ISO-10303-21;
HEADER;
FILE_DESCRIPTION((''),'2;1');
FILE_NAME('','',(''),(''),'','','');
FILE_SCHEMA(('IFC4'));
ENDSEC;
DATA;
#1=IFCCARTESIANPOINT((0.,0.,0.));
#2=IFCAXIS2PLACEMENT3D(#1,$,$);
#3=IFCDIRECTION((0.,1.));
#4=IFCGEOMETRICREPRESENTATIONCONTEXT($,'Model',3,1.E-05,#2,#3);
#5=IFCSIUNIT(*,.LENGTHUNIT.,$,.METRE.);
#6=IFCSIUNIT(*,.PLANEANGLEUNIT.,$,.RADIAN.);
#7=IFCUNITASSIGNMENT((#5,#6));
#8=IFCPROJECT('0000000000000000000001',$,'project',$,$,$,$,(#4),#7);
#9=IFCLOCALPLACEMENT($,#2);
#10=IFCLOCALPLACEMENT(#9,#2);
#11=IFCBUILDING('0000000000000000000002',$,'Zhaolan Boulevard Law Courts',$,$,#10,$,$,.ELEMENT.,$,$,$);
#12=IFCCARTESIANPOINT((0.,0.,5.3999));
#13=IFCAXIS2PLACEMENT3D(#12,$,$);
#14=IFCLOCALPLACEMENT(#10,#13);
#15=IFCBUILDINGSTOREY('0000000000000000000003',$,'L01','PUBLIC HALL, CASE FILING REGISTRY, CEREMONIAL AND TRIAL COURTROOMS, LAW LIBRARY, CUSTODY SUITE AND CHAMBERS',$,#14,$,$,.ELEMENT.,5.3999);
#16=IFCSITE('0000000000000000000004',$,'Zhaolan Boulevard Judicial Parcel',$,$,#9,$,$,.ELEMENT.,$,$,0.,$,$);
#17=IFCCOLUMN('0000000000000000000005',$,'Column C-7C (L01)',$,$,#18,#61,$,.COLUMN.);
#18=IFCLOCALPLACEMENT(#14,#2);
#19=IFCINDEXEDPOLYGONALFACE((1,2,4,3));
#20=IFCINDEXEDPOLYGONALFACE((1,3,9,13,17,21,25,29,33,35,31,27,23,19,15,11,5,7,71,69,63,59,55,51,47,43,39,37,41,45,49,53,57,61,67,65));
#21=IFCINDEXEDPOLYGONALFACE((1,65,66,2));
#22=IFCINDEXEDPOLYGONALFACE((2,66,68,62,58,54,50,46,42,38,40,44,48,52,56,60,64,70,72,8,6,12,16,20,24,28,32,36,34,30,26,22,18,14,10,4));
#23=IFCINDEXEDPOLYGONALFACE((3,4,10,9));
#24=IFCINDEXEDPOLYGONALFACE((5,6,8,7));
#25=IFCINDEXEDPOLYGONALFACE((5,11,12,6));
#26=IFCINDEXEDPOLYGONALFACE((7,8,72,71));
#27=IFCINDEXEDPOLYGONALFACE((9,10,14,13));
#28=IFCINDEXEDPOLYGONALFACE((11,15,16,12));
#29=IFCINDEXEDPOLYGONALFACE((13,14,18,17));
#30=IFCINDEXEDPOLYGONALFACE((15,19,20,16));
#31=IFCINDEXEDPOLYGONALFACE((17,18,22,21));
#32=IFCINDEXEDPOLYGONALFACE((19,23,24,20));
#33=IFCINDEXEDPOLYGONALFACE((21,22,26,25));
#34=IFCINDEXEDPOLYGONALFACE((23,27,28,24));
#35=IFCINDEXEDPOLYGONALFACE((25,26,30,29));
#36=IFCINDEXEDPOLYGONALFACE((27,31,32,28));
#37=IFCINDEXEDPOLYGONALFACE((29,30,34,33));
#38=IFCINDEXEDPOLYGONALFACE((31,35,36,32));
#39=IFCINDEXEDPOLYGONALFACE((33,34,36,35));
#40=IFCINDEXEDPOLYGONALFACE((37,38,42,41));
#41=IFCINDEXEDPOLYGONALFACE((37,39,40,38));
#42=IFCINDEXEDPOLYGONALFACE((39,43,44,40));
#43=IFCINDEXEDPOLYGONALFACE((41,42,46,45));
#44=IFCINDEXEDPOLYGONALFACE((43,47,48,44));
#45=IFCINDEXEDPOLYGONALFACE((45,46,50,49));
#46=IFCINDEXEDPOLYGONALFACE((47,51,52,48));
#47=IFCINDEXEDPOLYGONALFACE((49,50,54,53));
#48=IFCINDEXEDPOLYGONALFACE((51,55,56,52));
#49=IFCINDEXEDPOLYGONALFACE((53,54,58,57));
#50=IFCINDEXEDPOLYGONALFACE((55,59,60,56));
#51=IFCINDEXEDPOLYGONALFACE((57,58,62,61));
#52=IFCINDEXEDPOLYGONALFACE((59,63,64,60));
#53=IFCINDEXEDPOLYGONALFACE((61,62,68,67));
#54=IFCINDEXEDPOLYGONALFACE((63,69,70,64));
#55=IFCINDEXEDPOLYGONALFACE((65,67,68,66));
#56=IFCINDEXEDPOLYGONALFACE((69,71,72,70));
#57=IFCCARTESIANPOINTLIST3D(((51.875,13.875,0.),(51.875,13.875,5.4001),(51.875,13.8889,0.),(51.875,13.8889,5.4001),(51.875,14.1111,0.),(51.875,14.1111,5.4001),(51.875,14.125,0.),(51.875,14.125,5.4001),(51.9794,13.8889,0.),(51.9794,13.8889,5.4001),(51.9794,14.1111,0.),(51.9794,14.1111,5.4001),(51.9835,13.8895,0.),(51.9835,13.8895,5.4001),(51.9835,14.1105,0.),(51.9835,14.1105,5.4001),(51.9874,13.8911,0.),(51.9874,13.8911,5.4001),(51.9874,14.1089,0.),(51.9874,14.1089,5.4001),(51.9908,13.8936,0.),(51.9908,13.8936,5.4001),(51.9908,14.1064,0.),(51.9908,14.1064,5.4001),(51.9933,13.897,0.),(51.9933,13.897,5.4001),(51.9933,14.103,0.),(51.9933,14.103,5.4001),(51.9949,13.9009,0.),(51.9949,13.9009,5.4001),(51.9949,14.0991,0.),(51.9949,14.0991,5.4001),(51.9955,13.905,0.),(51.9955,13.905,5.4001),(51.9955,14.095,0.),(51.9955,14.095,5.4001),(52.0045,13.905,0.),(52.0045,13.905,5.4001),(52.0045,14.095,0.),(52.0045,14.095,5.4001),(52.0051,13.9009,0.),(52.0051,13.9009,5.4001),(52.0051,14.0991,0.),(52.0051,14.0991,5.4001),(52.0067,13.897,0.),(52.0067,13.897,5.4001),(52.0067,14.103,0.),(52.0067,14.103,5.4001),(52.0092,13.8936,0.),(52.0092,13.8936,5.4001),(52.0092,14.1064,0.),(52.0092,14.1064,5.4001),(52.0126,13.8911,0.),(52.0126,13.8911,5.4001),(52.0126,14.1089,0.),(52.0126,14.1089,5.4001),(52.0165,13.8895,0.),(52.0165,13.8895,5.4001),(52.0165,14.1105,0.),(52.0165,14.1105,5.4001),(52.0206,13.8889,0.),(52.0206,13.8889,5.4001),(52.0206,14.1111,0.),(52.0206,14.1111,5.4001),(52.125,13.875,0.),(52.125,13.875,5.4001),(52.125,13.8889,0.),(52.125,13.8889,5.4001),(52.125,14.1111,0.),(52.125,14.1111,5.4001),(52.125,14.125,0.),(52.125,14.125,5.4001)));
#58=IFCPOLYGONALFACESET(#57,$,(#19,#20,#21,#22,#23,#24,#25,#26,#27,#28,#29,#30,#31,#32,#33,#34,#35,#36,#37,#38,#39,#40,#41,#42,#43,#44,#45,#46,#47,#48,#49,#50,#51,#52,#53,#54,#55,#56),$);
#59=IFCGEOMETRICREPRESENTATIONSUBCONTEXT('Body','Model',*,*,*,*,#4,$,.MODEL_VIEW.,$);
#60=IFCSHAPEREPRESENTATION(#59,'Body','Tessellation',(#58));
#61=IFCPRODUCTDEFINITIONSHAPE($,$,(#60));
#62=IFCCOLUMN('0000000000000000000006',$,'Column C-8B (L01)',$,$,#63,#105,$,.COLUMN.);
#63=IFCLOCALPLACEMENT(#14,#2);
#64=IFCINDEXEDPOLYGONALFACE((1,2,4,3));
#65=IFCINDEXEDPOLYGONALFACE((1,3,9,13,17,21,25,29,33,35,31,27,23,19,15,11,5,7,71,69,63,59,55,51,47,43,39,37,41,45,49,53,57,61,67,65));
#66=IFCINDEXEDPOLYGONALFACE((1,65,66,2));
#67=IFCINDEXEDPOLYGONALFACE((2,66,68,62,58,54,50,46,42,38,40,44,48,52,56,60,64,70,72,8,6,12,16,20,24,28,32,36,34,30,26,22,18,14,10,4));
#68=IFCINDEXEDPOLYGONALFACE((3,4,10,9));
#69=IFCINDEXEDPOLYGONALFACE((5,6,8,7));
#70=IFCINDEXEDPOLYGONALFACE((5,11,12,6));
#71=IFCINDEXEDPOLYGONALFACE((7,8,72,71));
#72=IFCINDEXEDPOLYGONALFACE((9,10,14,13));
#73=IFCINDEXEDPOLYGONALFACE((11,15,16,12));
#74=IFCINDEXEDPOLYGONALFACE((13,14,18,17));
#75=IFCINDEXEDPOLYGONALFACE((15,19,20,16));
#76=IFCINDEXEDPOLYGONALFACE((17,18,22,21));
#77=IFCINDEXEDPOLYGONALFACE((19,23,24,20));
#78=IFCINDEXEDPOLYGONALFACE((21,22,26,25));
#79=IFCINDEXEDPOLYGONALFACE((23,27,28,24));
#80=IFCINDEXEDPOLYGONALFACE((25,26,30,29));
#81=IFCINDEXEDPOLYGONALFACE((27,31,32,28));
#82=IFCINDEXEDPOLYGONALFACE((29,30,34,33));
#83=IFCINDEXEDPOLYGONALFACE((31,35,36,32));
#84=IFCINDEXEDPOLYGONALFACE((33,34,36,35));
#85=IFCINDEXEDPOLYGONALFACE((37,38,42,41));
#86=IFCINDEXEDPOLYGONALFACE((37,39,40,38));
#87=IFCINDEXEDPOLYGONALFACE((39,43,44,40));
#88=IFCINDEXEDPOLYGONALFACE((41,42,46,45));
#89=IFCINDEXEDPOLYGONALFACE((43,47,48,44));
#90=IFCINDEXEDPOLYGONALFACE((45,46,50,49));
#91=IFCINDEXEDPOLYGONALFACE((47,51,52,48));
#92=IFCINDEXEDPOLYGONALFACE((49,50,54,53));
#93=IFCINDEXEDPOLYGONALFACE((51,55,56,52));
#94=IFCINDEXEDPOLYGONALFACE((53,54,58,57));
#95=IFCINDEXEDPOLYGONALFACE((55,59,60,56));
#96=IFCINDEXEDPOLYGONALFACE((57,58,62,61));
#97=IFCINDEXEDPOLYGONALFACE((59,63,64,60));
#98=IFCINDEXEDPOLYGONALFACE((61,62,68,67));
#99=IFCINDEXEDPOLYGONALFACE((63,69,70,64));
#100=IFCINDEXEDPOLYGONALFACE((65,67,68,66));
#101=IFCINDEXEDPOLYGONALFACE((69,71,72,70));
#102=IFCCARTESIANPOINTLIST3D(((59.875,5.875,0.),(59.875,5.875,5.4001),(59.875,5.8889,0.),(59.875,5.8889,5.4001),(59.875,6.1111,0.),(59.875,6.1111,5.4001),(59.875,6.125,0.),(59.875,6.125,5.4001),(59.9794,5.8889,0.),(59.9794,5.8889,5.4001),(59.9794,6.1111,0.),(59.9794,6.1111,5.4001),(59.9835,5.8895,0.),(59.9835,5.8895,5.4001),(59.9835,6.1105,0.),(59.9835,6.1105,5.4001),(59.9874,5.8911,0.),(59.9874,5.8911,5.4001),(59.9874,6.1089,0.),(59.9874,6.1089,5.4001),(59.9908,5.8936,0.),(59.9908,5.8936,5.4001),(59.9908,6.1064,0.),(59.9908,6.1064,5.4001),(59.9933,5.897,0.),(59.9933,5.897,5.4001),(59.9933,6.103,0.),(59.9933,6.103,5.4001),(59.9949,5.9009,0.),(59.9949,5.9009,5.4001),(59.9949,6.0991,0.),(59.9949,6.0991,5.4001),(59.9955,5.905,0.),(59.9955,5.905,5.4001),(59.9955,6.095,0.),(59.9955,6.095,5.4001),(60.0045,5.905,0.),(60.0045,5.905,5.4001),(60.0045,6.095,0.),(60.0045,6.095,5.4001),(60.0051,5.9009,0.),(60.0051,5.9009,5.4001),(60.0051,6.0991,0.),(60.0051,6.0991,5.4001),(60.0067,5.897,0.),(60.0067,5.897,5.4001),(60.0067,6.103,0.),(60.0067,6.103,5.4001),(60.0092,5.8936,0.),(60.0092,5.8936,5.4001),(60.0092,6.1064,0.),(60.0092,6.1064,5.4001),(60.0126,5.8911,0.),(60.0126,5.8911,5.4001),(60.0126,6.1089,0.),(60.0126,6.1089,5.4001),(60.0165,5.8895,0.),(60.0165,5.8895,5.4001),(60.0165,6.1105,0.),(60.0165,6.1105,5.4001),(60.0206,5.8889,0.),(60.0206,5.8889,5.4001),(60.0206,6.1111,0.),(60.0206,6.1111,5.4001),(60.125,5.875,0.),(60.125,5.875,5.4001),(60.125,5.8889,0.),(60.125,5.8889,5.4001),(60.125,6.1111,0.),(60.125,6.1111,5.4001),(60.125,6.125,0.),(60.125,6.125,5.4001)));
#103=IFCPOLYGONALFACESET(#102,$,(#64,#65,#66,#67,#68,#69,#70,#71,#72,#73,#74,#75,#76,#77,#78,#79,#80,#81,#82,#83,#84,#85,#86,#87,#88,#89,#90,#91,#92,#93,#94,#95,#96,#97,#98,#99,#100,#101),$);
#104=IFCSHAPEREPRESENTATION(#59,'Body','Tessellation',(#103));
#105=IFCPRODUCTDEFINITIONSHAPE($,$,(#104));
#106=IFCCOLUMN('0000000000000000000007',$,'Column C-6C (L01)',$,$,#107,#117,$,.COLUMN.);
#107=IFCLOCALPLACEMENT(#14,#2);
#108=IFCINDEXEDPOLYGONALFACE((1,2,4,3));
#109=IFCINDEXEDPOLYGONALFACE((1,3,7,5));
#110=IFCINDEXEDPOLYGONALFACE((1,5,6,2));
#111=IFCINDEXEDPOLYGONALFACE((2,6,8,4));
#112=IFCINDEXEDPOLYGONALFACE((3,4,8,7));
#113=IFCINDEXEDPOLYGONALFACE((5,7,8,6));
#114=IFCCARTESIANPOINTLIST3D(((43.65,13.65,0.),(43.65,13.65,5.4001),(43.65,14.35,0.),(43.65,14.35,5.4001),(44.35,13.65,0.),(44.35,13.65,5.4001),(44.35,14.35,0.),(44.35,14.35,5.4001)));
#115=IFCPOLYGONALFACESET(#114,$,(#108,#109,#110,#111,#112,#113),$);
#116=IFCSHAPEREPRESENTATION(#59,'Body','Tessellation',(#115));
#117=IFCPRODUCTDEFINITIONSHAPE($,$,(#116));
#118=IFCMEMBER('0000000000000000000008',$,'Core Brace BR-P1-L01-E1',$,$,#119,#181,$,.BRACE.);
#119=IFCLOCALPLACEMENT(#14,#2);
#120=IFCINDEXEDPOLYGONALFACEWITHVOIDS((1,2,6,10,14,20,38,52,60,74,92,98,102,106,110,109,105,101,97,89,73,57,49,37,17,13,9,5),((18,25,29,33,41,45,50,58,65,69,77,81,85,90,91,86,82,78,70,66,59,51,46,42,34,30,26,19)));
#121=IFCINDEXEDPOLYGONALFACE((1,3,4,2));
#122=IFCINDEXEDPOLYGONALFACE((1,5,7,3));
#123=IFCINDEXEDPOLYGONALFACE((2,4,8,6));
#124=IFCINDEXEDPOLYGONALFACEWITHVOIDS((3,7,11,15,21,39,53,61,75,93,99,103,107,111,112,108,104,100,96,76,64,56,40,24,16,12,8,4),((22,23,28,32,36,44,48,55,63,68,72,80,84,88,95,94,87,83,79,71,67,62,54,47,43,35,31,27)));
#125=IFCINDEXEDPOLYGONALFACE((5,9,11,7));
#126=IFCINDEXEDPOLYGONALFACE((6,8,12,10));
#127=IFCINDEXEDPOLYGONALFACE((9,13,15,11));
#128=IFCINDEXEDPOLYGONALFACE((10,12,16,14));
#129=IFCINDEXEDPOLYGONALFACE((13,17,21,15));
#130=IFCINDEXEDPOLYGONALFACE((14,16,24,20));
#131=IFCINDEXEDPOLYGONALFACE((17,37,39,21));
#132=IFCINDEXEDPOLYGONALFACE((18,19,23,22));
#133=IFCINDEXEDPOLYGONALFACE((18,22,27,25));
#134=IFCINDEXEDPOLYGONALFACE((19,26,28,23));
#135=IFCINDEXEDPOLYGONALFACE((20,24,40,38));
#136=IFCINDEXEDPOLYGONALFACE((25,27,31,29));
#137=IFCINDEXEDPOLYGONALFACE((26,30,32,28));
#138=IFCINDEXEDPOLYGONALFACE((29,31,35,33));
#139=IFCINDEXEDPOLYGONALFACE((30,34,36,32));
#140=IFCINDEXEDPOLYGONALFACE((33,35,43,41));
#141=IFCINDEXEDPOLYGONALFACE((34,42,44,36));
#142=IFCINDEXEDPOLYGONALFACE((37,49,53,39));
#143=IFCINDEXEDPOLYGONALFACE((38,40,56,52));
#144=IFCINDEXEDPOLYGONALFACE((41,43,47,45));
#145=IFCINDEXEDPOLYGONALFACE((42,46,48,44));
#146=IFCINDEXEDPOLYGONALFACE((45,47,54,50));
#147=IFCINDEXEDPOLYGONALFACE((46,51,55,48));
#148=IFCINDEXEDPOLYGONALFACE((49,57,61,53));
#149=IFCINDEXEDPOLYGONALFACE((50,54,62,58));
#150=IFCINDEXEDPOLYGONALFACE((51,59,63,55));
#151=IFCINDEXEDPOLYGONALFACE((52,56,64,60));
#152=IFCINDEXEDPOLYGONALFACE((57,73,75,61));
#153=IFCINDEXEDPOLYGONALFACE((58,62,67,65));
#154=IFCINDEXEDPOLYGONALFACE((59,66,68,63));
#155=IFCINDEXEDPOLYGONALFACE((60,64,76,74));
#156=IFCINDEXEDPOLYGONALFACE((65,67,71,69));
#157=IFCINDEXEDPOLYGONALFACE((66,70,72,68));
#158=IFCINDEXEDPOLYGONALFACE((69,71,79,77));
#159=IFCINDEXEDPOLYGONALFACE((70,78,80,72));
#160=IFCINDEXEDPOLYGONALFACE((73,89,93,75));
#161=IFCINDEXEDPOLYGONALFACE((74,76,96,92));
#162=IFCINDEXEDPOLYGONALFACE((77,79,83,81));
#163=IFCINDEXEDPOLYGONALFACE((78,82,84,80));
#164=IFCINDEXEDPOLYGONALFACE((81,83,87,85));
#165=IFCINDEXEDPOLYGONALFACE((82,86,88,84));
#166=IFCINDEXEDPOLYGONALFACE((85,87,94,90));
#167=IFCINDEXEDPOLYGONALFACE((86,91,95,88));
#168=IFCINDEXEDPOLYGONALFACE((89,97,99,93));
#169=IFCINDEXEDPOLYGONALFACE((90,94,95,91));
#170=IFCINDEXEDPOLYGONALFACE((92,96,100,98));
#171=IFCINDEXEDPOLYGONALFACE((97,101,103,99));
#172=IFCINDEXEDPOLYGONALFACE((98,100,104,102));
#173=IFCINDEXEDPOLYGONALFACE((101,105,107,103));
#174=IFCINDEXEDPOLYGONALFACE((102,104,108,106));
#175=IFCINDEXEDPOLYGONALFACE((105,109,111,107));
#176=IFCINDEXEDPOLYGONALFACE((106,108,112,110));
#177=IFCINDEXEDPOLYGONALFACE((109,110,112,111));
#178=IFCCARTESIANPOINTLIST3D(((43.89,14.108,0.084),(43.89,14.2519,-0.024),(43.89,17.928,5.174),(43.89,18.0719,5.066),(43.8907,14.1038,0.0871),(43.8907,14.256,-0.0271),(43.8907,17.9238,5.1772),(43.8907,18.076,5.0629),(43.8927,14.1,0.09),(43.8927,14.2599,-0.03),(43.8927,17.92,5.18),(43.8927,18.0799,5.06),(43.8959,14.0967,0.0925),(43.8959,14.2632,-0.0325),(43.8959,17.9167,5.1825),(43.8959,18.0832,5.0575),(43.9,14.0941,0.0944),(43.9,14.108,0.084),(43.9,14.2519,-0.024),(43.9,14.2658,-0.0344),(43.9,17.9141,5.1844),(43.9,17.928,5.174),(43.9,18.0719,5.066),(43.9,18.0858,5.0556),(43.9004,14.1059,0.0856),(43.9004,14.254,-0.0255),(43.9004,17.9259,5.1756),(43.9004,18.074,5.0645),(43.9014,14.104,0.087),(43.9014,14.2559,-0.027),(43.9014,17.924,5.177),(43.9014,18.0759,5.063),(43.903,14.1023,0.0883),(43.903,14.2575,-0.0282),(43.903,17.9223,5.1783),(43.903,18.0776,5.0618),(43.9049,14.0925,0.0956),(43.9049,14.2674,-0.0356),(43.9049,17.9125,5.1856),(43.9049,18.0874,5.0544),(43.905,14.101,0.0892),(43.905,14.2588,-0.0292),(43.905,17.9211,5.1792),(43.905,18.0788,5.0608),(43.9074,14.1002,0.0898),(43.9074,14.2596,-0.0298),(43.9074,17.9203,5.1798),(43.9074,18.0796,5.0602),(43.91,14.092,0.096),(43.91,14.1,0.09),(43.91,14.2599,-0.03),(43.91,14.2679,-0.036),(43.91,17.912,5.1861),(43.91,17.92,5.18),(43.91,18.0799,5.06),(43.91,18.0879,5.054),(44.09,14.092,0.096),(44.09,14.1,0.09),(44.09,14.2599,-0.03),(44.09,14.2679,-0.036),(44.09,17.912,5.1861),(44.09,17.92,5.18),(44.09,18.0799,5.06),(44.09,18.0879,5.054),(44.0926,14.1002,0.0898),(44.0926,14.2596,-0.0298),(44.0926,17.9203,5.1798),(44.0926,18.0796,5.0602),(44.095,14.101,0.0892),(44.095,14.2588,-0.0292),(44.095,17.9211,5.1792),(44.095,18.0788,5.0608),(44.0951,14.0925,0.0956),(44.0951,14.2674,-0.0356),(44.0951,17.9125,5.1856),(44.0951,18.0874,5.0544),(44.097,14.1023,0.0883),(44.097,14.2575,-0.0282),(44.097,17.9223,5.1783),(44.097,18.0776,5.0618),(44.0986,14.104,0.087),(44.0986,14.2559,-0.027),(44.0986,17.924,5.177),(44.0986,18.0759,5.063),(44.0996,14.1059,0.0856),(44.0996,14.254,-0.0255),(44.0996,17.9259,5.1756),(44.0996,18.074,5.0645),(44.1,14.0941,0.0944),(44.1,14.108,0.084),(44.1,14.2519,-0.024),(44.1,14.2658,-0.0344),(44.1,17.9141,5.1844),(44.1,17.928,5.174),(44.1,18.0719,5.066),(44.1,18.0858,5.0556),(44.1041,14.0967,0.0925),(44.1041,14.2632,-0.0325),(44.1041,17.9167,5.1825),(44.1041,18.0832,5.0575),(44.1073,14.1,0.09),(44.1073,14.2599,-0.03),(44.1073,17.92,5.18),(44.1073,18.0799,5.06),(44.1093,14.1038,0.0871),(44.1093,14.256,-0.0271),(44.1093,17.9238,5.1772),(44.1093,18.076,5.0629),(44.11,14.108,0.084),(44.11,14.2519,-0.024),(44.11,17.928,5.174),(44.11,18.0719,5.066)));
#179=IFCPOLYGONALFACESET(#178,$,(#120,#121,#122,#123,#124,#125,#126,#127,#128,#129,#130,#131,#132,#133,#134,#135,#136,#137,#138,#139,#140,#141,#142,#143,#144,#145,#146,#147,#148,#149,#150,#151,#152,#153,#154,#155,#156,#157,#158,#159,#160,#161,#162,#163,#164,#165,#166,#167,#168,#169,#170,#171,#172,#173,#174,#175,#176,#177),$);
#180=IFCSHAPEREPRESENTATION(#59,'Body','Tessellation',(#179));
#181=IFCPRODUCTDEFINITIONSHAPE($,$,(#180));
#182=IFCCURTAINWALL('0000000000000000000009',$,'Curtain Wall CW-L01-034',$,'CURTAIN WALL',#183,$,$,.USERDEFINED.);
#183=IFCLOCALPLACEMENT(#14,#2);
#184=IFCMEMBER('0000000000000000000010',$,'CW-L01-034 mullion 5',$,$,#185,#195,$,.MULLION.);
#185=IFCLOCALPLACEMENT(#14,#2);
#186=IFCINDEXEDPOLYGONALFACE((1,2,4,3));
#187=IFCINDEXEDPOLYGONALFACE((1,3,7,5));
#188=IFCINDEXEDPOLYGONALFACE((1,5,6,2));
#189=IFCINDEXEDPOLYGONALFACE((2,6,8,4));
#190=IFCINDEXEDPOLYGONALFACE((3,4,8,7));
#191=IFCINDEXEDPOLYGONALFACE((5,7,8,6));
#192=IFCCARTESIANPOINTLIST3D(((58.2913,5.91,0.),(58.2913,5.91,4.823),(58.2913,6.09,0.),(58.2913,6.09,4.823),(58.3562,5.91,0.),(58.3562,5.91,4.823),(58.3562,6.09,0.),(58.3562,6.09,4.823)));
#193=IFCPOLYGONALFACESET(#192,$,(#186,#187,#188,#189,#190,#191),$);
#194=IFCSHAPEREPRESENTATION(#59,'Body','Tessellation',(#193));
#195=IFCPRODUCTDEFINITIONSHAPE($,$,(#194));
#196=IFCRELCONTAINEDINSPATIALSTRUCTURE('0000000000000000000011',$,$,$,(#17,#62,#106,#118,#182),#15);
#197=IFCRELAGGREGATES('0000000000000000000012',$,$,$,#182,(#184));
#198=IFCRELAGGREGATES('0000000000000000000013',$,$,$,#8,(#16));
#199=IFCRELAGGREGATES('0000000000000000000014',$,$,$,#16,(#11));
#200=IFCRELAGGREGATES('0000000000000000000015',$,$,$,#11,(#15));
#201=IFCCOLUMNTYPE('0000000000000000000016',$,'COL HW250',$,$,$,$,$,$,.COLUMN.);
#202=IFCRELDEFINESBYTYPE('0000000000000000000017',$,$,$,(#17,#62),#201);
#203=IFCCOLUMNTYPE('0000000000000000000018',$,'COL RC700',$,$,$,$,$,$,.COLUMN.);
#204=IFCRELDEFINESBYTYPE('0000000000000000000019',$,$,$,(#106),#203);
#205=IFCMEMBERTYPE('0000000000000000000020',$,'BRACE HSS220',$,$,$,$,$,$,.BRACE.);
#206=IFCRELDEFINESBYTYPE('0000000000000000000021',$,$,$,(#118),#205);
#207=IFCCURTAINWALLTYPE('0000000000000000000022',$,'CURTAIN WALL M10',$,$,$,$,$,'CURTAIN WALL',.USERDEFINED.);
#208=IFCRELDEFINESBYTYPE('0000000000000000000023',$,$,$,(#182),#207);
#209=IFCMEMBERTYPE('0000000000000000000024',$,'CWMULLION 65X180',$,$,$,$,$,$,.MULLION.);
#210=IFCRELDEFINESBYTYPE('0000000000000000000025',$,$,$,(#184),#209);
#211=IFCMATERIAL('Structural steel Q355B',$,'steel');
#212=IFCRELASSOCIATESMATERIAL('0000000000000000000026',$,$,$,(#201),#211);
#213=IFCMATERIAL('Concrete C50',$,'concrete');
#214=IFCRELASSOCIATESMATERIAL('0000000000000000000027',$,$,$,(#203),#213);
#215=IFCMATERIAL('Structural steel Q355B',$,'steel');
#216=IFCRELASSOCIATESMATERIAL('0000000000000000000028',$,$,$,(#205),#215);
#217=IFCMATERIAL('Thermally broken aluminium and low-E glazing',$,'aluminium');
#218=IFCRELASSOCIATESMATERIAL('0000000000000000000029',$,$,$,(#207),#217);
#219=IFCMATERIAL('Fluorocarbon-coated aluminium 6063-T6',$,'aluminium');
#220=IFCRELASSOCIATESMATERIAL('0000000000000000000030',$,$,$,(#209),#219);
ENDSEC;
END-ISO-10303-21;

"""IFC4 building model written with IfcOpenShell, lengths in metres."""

from ifc_helpers import new_model, si_unit, direction, frame, origin, origin_2d, place, context, subcontext, project, spatial, rectangle, hollow_rectangle, i_section, extrude, material, material_profile, profile_set, type_object, element, aggregate, save


model = new_model("IFC4")

# Units and contexts
model_context = context("Model", 3, precision=1e-05, world=origin(), true_north=direction((0.0, 1.0)))
body_context = subcontext(model_context, "Body", "Model", "MODEL_VIEW")
ifc_project = project(units=[si_unit("LENGTHUNIT", "METRE"), si_unit("PLANEANGLEUNIT", "RADIAN")], contexts=[model_context])

# Site, building, storey
site_placement = place(None, origin())
site = spatial("IfcSite", under=ifc_project, at=site_placement, Name="Zhaolan Boulevard Judicial Parcel", CompositionType="ELEMENT", RefElevation=0.0)
building_placement = place(site_placement, origin())
building = spatial("IfcBuilding", under=site, at=building_placement, Name="Zhaolan Boulevard Law Courts", CompositionType="ELEMENT")
storey_placement = place(building_placement, frame((0.0, 0.0, 5.3999)))
storey = spatial("IfcBuildingStorey", under=building, at=storey_placement, Name="L01", Description="PUBLIC HALL, CASE FILING REGISTRY, CEREMONIAL AND TRIAL COURTROOMS, LAW LIBRARY, CUSTODY SUITE AND CHAMBERS", CompositionType="ELEMENT", Elevation=5.3999)

# Columns
ifc_material_1 = material(Name="Structural steel Q355B", Category="steel")
ifc_material_profile_1 = material_profile(ifc_material_1, i_section(OverallWidth=0.25, OverallDepth=0.25, WebThickness=0.009, FlangeThickness=0.0139, FilletRadius=0.0161, at=origin_2d()), Name="HW250x250")
ifc_profile_set_1 = profile_set([ifc_material_profile_1], Name="Structural steel Q355B")
column_type_1 = type_object("IfcColumnType", Name="COL HW250", PredefinedType="COLUMN", material=ifc_profile_set_1)
for number, where, z_axis, x_axis, name in (
    (1, (52.0, 14.0, 0.0), (0.0, 0.0, 1.0), (1.0, 0.0, 0.0), "Column C-7C (L01)"),
    (2, (60.0, 6.0, 0.0), (0.0, 0.0, 1.0), (1.0, 0.0, 0.0), "Column C-8B (L01)"),
):
    element("IfcColumn", number, at=place(storey_placement, frame(where, z_axis=z_axis, x_axis=x_axis)), inside=storey, type_object=column_type_1, Name=name, PredefinedType="COLUMN", context=body_context, shape_type="SweptSolid", body=[
        extrude(i_section(OverallWidth=0.25, OverallDepth=0.25, WebThickness=0.009, FlangeThickness=0.0139, FilletRadius=0.0161, at=origin_2d()), origin(), (0.0, 0.0, 1.0), 5.4001),
    ])
ifc_material_2 = material(Name="Concrete C50", Category="concrete")
ifc_material_profile_2 = material_profile(ifc_material_2, rectangle(XDim=0.7, YDim=0.7, at=origin_2d()), Name="RC700x700")
ifc_profile_set_2 = profile_set([ifc_material_profile_2], Name="Concrete C50")
column_type_2 = type_object("IfcColumnType", Name="COL RC700", PredefinedType="COLUMN", material=ifc_profile_set_2)
column_placement = place(storey_placement, frame((44.0, 14.0, 0.0), z_axis=(0.0, 0.0, 1.0), x_axis=(1.0, 0.0, 0.0)))
element("IfcColumn", 3, at=column_placement, inside=storey, type_object=column_type_2, Name="Column C-6C (L01)", PredefinedType="COLUMN", context=body_context, shape_type="SweptSolid", body=[
    extrude(rectangle(XDim=0.7, YDim=0.7, at=origin_2d()), origin(), (0.0, 0.0, 1.0), 5.4001),
])

# Member
ifc_material_3 = material(Name="Structural steel Q355B", Category="steel")
ifc_material_profile_3 = material_profile(ifc_material_3, hollow_rectangle(XDim=0.22, YDim=0.22, WallThickness=0.01, InnerFilletRadius=0.01, OuterFilletRadius=0.02, at=origin_2d()), Name="HSS220x220x10")
ifc_profile_set_3 = profile_set([ifc_material_profile_3], Name="Structural steel Q355B")
member_type_1 = type_object("IfcMemberType", Name="BRACE HSS220", PredefinedType="BRACE", material=ifc_profile_set_3)
member_1_placement = place(storey_placement, frame((44.0, 14.1799, 0.03), z_axis=(0.0, 0.600252, 0.799811), x_axis=(-1.0, 0.0, 0.0)))
element("IfcMember", 4, at=member_1_placement, inside=storey, type_object=member_type_1, Name="Core Brace BR-P1-L01-E1", PredefinedType="BRACE", context=body_context, shape_type="SweptSolid", body=[
    extrude(hollow_rectangle(XDim=0.22, YDim=0.22, WallThickness=0.01, InnerFilletRadius=0.01, OuterFilletRadius=0.02, at=origin_2d()), origin(), (0.0, 0.0, 1.0), 6.364),
])

# Curtain wall, member
ifc_material_4 = material(Name="Thermally broken aluminium and low-E glazing", Category="aluminium")
curtain_wall_type = type_object("IfcCurtainWallType", Name="CURTAIN WALL M10", ElementType="CURTAIN WALL", PredefinedType="USERDEFINED", material=ifc_material_4)
curtain_wall_placement = place(storey_placement, origin())
curtain_wall = element("IfcCurtainWall", 5, at=curtain_wall_placement, inside=storey, type_object=curtain_wall_type, Name="Curtain Wall CW-L01-034", ObjectType="CURTAIN WALL", PredefinedType="USERDEFINED")
ifc_material_5 = material(Name="Fluorocarbon-coated aluminium 6063-T6", Category="aluminium")
ifc_material_profile_4 = material_profile(ifc_material_5, rectangle(XDim=0.1799, YDim=0.0649, at=origin_2d()), Name="AL65x180")
ifc_profile_set_4 = profile_set([ifc_material_profile_4], Name="Fluorocarbon-coated aluminium 6063-T6")
member_type_2 = type_object("IfcMemberType", Name="CWMULLION 65X180", PredefinedType="MULLION", material=ifc_profile_set_4)
member_2_placement = place(storey_placement, frame((58.3237, 6.0, 0.0), z_axis=(0.0, 0.0, 1.0), x_axis=(0.0, 1.0, 0.0)))
member_2 = element("IfcMember", 6, at=member_2_placement, type_object=member_type_2, Name="CW-L01-034 mullion 5", PredefinedType="MULLION", context=body_context, shape_type="SweptSolid", body=[
    extrude(rectangle(XDim=0.1799, YDim=0.0649, at=origin_2d()), origin(), (0.0, 0.0, 1.0), 4.823),
])

aggregate(curtain_wall, [member_2])

save(model, "model.ifc")
